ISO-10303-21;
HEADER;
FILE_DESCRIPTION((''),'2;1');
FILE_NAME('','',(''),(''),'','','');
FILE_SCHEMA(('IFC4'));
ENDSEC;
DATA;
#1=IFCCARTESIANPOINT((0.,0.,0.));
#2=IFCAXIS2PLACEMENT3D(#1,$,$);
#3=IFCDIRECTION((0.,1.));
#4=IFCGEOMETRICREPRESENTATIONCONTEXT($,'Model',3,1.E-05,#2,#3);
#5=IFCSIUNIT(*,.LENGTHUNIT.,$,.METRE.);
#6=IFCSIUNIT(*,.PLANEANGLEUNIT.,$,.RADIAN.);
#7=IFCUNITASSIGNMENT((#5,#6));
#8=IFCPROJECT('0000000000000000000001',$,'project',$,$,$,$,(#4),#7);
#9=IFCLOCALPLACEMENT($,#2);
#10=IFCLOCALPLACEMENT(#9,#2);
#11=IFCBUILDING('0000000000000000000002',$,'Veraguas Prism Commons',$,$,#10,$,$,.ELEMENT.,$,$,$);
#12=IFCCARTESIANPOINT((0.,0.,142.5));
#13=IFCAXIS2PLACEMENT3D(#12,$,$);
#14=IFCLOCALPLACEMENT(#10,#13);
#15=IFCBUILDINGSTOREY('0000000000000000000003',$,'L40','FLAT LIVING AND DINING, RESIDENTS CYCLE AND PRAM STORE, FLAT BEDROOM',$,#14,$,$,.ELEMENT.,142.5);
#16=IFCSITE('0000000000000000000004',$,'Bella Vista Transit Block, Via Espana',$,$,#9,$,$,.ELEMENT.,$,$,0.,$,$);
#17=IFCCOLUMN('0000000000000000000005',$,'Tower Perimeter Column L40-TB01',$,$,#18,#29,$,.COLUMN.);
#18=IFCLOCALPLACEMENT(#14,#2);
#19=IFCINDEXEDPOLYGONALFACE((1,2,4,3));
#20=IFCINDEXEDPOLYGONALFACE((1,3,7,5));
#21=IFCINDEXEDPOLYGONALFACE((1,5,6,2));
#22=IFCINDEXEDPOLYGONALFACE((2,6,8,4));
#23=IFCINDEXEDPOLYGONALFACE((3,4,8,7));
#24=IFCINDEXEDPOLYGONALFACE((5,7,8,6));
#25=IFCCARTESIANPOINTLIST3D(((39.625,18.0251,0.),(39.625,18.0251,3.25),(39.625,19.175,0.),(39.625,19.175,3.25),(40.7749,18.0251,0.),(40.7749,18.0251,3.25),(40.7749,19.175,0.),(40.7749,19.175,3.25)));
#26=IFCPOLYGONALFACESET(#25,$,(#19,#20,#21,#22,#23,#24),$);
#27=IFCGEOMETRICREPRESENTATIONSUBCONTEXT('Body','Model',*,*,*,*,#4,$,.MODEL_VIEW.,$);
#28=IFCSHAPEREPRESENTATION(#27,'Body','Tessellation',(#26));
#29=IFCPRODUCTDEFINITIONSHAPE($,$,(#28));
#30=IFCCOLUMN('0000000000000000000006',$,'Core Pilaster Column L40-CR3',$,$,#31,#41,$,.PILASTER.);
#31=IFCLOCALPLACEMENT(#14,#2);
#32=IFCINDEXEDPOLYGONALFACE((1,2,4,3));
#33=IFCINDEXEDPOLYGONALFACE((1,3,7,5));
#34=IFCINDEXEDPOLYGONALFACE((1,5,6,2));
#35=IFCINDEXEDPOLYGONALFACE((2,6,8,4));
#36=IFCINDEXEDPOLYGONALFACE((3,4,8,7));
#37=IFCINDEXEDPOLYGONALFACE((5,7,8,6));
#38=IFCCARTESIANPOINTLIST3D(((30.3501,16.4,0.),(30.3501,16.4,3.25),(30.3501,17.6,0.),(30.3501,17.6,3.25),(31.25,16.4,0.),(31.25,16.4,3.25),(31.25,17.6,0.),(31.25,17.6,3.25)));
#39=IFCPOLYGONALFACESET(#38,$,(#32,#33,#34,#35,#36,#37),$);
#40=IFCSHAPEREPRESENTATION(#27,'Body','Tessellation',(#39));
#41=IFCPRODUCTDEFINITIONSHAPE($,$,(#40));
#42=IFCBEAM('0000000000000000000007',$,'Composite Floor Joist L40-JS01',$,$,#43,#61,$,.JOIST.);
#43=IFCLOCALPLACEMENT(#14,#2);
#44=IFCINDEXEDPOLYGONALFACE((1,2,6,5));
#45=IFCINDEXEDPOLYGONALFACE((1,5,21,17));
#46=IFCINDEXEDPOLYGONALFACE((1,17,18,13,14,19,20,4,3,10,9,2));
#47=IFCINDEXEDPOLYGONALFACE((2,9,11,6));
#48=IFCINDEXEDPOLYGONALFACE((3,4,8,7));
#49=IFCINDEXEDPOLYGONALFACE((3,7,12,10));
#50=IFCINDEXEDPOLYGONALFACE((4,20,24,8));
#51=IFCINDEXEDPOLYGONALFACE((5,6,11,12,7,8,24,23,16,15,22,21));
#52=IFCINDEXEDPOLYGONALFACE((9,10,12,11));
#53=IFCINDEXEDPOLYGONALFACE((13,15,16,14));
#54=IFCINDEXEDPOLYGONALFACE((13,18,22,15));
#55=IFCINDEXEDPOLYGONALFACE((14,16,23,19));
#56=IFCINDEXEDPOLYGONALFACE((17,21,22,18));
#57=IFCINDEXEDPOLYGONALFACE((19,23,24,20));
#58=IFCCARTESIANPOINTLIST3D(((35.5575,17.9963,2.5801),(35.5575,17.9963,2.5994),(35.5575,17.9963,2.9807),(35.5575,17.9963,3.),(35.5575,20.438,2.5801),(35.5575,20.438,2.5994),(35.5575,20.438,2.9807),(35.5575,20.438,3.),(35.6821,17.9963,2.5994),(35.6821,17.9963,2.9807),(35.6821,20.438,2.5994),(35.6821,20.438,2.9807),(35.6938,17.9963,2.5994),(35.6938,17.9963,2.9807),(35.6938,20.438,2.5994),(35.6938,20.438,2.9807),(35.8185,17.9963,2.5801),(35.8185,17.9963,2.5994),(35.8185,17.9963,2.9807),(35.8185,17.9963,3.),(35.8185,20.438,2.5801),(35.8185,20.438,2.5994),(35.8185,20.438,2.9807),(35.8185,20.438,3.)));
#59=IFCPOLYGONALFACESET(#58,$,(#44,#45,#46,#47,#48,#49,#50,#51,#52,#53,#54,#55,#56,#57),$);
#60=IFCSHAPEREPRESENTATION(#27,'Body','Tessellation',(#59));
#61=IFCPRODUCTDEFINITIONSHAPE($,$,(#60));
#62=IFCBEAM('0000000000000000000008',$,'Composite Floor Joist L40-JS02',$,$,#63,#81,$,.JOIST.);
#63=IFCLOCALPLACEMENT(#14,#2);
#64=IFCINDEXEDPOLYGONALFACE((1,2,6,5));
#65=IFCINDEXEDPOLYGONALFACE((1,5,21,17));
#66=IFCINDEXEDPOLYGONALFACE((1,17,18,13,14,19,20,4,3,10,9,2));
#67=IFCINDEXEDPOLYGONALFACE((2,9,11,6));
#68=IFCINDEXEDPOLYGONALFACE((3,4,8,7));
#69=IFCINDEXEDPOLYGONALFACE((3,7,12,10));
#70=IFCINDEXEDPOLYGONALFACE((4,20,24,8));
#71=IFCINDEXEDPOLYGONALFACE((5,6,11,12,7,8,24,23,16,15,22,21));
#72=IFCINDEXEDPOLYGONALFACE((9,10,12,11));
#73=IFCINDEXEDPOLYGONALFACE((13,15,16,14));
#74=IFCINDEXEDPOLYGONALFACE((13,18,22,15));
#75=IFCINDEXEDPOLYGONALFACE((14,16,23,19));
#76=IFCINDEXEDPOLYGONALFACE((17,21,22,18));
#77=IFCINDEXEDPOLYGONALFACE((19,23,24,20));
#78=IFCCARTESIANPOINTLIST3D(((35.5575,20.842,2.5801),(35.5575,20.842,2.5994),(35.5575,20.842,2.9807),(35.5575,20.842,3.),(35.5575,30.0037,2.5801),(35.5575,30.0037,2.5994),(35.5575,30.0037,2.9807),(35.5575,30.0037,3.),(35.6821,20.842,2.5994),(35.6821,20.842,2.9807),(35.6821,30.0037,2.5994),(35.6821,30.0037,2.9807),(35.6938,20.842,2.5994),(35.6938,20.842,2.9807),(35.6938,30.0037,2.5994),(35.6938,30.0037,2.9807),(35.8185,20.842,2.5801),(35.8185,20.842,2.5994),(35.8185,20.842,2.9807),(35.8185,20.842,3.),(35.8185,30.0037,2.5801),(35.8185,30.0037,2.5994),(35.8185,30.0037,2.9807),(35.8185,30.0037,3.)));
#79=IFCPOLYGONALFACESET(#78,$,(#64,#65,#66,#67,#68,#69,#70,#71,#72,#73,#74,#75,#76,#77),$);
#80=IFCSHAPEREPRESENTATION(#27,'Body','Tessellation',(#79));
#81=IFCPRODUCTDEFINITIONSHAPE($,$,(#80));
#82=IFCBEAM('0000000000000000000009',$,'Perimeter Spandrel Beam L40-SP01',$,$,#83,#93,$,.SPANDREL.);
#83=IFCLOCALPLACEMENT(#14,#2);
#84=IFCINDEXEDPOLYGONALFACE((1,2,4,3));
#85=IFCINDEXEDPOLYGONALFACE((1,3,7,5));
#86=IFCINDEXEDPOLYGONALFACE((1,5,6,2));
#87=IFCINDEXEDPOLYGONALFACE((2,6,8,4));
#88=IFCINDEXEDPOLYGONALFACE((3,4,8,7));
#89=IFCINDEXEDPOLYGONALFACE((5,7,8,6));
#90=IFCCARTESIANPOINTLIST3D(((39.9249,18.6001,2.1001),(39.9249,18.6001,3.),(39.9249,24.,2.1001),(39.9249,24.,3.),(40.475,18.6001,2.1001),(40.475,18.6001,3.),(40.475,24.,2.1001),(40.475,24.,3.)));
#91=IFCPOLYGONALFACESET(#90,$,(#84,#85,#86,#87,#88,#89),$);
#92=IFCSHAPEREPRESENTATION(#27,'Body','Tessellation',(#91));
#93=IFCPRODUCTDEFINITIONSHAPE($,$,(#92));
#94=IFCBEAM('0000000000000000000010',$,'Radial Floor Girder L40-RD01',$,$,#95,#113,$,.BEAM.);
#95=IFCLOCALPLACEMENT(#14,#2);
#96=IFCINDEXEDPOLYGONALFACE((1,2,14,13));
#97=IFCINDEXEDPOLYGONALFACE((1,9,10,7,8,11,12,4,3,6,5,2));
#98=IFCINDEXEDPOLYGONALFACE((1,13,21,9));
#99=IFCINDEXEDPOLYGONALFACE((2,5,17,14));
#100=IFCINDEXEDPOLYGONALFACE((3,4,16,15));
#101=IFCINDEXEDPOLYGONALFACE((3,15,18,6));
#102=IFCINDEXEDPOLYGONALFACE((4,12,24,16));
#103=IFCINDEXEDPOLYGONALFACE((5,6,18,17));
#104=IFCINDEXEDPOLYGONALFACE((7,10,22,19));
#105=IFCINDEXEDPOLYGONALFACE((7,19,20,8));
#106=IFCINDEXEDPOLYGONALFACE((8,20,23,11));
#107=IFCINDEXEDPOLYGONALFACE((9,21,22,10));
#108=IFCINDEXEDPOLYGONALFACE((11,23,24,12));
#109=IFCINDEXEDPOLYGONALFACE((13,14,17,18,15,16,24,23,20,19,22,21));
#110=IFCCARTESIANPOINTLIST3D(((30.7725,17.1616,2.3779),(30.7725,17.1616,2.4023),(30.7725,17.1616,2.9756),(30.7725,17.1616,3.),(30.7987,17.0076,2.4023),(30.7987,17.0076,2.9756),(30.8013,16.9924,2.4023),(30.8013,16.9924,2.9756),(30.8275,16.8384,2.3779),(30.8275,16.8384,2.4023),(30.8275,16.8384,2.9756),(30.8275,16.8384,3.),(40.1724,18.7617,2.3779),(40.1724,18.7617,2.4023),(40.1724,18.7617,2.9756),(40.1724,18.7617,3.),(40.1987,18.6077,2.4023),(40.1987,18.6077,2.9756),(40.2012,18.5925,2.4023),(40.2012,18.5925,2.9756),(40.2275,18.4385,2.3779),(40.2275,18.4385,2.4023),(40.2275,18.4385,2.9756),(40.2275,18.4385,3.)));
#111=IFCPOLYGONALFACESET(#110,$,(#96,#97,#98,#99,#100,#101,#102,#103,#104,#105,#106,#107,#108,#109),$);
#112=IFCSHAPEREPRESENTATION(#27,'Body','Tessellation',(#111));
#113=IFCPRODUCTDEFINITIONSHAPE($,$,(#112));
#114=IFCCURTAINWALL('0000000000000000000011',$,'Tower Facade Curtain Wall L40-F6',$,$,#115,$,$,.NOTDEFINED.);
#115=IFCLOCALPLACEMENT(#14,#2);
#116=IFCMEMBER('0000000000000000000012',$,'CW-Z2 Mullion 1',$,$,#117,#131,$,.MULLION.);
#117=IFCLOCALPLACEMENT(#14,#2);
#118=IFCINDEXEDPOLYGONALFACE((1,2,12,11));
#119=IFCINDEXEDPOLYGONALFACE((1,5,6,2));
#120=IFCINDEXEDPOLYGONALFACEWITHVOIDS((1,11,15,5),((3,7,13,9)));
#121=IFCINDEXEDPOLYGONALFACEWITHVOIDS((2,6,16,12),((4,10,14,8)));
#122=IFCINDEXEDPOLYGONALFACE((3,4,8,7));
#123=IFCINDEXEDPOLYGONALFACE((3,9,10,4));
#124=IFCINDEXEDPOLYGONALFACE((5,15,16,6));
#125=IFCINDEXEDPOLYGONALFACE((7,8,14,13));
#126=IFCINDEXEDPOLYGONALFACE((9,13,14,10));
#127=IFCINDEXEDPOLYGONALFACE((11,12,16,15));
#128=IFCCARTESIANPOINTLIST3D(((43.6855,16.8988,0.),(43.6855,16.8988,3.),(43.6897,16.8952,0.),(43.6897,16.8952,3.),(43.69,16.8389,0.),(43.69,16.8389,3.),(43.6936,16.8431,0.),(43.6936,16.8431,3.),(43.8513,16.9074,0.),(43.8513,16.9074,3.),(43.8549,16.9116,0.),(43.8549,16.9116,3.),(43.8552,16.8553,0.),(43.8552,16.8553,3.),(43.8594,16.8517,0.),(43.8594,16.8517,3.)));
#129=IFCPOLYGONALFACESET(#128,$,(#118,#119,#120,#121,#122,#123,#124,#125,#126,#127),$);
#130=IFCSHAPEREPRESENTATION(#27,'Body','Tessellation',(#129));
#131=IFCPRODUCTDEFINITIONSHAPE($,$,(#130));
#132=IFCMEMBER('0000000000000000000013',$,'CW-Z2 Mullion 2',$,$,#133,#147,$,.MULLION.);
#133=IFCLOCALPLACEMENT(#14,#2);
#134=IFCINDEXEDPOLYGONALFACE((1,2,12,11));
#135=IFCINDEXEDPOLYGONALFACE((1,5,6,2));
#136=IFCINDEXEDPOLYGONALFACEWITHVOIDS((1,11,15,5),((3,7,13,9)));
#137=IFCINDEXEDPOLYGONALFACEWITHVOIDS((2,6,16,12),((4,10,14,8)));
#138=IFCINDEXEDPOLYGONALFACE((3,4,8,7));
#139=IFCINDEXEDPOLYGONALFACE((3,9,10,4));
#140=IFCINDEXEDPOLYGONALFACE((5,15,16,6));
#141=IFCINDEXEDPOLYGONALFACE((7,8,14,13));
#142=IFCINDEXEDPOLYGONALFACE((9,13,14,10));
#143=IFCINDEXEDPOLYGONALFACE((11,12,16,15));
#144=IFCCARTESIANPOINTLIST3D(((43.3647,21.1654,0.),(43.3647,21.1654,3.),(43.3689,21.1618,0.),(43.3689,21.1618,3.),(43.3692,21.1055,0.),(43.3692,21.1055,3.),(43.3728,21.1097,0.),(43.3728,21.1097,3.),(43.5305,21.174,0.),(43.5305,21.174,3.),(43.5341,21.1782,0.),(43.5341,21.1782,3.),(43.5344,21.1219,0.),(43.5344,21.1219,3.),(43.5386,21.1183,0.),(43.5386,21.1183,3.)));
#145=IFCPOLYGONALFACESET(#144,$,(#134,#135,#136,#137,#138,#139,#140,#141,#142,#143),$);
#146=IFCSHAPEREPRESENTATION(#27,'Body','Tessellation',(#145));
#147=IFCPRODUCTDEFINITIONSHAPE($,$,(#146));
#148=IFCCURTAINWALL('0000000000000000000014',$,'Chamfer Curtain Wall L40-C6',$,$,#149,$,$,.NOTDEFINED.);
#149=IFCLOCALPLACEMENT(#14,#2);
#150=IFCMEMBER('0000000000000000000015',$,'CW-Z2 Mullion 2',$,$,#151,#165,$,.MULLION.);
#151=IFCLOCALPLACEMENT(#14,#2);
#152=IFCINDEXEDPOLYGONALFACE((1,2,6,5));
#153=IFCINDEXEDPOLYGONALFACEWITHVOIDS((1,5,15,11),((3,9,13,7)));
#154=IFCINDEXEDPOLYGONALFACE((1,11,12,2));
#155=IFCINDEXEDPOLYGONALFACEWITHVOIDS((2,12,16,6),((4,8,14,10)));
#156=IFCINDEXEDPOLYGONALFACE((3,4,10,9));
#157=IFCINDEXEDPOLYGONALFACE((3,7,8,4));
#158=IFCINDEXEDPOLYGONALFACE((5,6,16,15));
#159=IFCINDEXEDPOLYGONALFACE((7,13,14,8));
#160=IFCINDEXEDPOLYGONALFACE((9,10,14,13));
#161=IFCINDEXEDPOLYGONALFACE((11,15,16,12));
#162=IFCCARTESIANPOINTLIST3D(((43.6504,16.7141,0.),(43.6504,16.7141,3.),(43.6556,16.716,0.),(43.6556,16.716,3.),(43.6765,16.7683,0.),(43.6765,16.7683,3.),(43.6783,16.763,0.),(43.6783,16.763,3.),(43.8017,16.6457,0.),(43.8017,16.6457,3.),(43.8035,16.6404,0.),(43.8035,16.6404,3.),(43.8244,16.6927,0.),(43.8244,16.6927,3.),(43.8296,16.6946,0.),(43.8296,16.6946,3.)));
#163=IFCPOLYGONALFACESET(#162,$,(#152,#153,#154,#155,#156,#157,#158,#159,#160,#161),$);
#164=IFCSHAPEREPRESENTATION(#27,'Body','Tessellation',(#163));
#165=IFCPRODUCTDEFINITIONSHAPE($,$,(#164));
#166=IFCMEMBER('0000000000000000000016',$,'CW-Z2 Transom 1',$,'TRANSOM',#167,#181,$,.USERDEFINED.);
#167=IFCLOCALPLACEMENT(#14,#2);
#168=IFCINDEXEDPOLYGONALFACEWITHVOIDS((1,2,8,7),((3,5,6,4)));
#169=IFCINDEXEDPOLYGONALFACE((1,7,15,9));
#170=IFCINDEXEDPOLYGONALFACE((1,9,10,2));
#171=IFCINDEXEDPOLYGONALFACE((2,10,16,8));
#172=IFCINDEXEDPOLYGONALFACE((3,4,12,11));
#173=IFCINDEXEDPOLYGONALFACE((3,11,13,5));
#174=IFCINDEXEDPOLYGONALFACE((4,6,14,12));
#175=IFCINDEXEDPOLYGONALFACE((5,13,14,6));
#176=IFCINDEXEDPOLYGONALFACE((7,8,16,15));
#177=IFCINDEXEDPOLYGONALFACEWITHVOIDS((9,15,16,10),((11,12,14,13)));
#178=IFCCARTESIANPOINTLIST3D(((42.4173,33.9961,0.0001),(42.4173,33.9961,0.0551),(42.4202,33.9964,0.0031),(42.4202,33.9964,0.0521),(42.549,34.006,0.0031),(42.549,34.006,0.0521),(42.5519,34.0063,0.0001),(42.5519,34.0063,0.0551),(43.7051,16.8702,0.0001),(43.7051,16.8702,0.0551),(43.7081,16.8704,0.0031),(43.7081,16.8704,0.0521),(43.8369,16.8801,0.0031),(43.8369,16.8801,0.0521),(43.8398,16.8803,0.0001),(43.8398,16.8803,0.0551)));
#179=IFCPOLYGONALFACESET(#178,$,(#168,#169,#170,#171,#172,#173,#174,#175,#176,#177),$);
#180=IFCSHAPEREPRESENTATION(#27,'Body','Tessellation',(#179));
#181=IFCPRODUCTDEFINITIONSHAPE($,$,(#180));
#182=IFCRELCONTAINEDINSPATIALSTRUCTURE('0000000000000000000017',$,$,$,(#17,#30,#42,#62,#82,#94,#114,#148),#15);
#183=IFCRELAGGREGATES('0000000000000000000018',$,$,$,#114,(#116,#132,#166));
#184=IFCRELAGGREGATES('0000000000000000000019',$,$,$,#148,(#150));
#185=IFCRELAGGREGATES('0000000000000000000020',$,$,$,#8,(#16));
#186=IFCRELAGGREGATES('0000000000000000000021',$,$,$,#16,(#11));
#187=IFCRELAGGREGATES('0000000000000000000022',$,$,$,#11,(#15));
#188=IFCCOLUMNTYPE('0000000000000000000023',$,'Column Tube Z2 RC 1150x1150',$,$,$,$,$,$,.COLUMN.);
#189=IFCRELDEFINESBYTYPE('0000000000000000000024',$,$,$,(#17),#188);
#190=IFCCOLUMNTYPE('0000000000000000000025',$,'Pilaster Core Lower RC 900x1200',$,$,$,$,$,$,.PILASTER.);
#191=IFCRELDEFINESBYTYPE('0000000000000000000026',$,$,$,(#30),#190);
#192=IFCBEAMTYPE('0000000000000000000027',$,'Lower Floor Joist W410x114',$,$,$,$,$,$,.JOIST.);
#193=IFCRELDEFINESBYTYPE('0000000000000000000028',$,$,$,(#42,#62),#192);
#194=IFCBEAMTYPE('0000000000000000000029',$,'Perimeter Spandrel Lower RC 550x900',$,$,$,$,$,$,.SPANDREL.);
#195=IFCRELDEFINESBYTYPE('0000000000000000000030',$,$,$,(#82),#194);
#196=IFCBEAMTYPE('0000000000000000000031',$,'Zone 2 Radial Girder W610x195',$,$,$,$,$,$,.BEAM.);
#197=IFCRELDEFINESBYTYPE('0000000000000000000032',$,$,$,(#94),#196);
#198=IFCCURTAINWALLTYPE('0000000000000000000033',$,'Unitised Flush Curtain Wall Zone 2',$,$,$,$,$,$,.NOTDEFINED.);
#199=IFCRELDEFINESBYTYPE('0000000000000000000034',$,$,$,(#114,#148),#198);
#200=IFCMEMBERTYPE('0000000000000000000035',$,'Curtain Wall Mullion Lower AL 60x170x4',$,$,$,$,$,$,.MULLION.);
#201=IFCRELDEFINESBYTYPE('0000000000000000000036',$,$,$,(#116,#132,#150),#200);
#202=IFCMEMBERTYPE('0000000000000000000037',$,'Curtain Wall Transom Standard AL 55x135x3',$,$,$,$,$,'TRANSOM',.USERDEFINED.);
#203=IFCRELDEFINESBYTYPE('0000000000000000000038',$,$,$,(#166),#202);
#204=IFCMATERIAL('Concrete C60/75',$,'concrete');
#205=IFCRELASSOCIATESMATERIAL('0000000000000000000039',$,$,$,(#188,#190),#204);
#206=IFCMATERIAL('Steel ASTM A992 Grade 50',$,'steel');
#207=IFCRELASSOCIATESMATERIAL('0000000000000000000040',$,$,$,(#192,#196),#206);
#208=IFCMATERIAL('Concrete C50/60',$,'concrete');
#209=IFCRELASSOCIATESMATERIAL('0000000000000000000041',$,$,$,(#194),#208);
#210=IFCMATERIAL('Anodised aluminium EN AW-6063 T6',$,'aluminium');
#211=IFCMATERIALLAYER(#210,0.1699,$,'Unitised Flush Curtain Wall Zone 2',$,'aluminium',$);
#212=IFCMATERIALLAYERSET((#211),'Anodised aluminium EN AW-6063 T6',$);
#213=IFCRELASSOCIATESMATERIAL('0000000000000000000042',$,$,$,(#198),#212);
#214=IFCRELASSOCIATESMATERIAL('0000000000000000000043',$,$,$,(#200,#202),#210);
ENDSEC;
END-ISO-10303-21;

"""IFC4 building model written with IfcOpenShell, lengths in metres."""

from ifc_helpers import new_model, si_unit, direction, frame, origin, origin_2d, place, context, subcontext, project, spatial, rectangle, hollow_rectangle, i_section, extrude, source, transform, mapped, material, layer, layer_set, material_profile, profile_set, type_object, element, aggregate, save


model = new_model("IFC4")

# Units and contexts
model_context = context("Model", 3, precision=1e-05, world=origin(), true_north=direction((0.0, 1.0)))
body_context = subcontext(model_context, "Body", "Model", "MODEL_VIEW")
ifc_project = project(units=[si_unit("LENGTHUNIT", "METRE"), si_unit("PLANEANGLEUNIT", "RADIAN")], contexts=[model_context])

# Site, building, storey
site_placement = place(None, origin())
site = spatial("IfcSite", under=ifc_project, at=site_placement, Name="Bella Vista Transit Block, Via Espana", CompositionType="ELEMENT", RefElevation=0.0)
building_placement = place(site_placement, origin())
building = spatial("IfcBuilding", under=site, at=building_placement, Name="Veraguas Prism Commons", CompositionType="ELEMENT")
storey_placement = place(building_placement, frame((0.0, 0.0, 142.5)))
storey = spatial("IfcBuildingStorey", under=building, at=storey_placement, Name="L40", Description="FLAT LIVING AND DINING, RESIDENTS CYCLE AND PRAM STORE, FLAT BEDROOM", CompositionType="ELEMENT", Elevation=142.5)

# Columns
ifc_material_1 = material(Name="Concrete C60/75", Category="concrete")
ifc_material_profile_1 = material_profile(ifc_material_1, rectangle(XDim=1.1499, YDim=1.1499, at=origin_2d()), Name="RC1150X1150")
ifc_profile_set_1 = profile_set([ifc_material_profile_1], Name="Concrete C60/75")
column_type_1 = type_object("IfcColumnType", Name="Column Tube Z2 RC 1150x1150", PredefinedType="COLUMN", material=ifc_profile_set_1)
column_1_placement = place(storey_placement, frame((40.2, 18.6001, 0.0), z_axis=(0.0, 0.0, 1.0), x_axis=(1.0, 0.0, 0.0)))
element("IfcColumn", 1, at=column_1_placement, inside=storey, type_object=column_type_1, Name="Tower Perimeter Column L40-TB01", PredefinedType="COLUMN", context=body_context, shape_type="SweptSolid", body=[
    extrude(rectangle(XDim=1.1499, YDim=1.1499, at=origin_2d()), origin(), (0.0, 0.0, 1.0), 3.25),
])
ifc_material_profile_2 = material_profile(ifc_material_1, rectangle(XDim=0.8999, YDim=1.2, at=origin_2d()), Name="RC900X1200")
ifc_profile_set_2 = profile_set([ifc_material_profile_2], Name="Concrete C60/75")
column_type_2 = type_object("IfcColumnType", Name="Pilaster Core Lower RC 900x1200", PredefinedType="PILASTER", material=ifc_profile_set_2)
column_2_placement = place(storey_placement, frame((30.8, 17.0, 0.0), z_axis=(0.0, 0.0, 1.0), x_axis=(1.0, 0.0, 0.0)))
element("IfcColumn", 2, at=column_2_placement, inside=storey, type_object=column_type_2, Name="Core Pilaster Column L40-CR3", PredefinedType="PILASTER", context=body_context, shape_type="SweptSolid", body=[
    extrude(rectangle(XDim=0.8999, YDim=1.2, at=origin_2d()), origin(), (0.0, 0.0, 1.0), 3.25),
])

# Beams
ifc_material_2 = material(Name="Steel ASTM A992 Grade 50", Category="steel")
ifc_material_profile_3 = material_profile(ifc_material_2, i_section(OverallWidth=0.261, OverallDepth=0.4199, WebThickness=0.0117, FlangeThickness=0.0193, at=origin_2d()), Name="W410X114")
ifc_profile_set_3 = profile_set([ifc_material_profile_3], Name="Steel ASTM A992 Grade 50")
beam_type_1 = type_object("IfcBeamType", Name="Lower Floor Joist W410x114", PredefinedType="JOIST", material=ifc_profile_set_3)
beam_1_placement = place(storey_placement, frame((35.688, 17.9963, 2.79), z_axis=(0.0, 1.0, 0.0), x_axis=(-1.0, 0.0, 0.0)))
element("IfcBeam", 3, at=beam_1_placement, inside=storey, type_object=beam_type_1, Name="Composite Floor Joist L40-JS01", PredefinedType="JOIST", context=body_context, shape_type="SweptSolid", body=[
    extrude(i_section(OverallWidth=0.261, OverallDepth=0.4199, WebThickness=0.0117, FlangeThickness=0.0193, at=origin_2d()), origin(), (0.0, 0.0, 1.0), 2.4417),
])
beam_2_placement = place(storey_placement, frame((35.688, 20.842, 2.79), z_axis=(0.0, 1.0, 0.0), x_axis=(-1.0, 0.0, 0.0)))
element("IfcBeam", 4, at=beam_2_placement, inside=storey, type_object=beam_type_1, Name="Composite Floor Joist L40-JS02", PredefinedType="JOIST", context=body_context, shape_type="SweptSolid", body=[
    extrude(i_section(OverallWidth=0.261, OverallDepth=0.4199, WebThickness=0.0117, FlangeThickness=0.0193, at=origin_2d()), origin(), (0.0, 0.0, 1.0), 9.1616),
])
ifc_material_3 = material(Name="Concrete C50/60", Category="concrete")
ifc_material_profile_4 = material_profile(ifc_material_3, rectangle(XDim=0.55, YDim=0.8999, at=origin_2d()), Name="RC550X900")
ifc_profile_set_4 = profile_set([ifc_material_profile_4], Name="Concrete C50/60")
beam_type_2 = type_object("IfcBeamType", Name="Perimeter Spandrel Lower RC 550x900", PredefinedType="SPANDREL", material=ifc_profile_set_4)
beam_3_placement = place(storey_placement, frame((40.2, 18.6001, 2.55), z_axis=(0.0, 1.0, 0.0), x_axis=(-1.0, 0.0, 0.0)))
element("IfcBeam", 5, at=beam_3_placement, inside=storey, type_object=beam_type_2, Name="Perimeter Spandrel Beam L40-SP01", PredefinedType="SPANDREL", context=body_context, shape_type="SweptSolid", body=[
    extrude(rectangle(XDim=0.55, YDim=0.8999, at=origin_2d()), origin(), (0.0, 0.0, 1.0), 5.3999),
])
ifc_material_profile_5 = material_profile(ifc_material_2, i_section(OverallWidth=0.3279, OverallDepth=0.6221, WebThickness=0.0154, FlangeThickness=0.0244, at=origin_2d()), Name="W610X195")
ifc_profile_set_5 = profile_set([ifc_material_profile_5], Name="Steel ASTM A992 Grade 50")
beam_type_3 = type_object("IfcBeamType", Name="Zone 2 Radial Girder W610x195", PredefinedType="BEAM", material=ifc_profile_set_5)
beam_4_placement = place(storey_placement, frame((40.2, 18.6001, 2.689), z_axis=(-0.985819, -0.167811, 0.0), x_axis=(0.167811, -0.985819, 0.0)))
element("IfcBeam", 6, at=beam_4_placement, inside=storey, type_object=beam_type_3, Name="Radial Floor Girder L40-RD01", PredefinedType="BEAM", context=body_context, shape_type="SweptSolid", body=[
    extrude(i_section(OverallWidth=0.3279, OverallDepth=0.6221, WebThickness=0.0154, FlangeThickness=0.0244, at=origin_2d()), origin(), (0.0, 0.0, 1.0), 9.5352),
])

# Curtain wall, members
ifc_material_4 = material(Name="Anodised aluminium EN AW-6063 T6", Category="aluminium")
ifc_layer_1 = layer(ifc_material_4, 0.1699, Name="Unitised Flush Curtain Wall Zone 2", Category="aluminium")
ifc_layer_set_1 = layer_set([ifc_layer_1], Name="Anodised aluminium EN AW-6063 T6")
curtain_wall_type = type_object("IfcCurtainWallType", Name="Unitised Flush Curtain Wall Zone 2", PredefinedType="NOTDEFINED", material=ifc_layer_set_1)
curtain_wall_1_placement = place(storey_placement, origin())
curtain_wall_1 = element("IfcCurtainWall", 7, at=curtain_wall_1_placement, inside=storey, type_object=curtain_wall_type, Name="Tower Facade Curtain Wall L40-F6", PredefinedType="NOTDEFINED")
ifc_material_profile_6 = material_profile(ifc_material_4, hollow_rectangle(XDim=0.0601, YDim=0.1699, WallThickness=0.0039, at=origin_2d()), Name="AL60X170X4")
ifc_profile_set_6 = profile_set([ifc_material_profile_6], Name="Anodised aluminium EN AW-6063 T6")
member_type_1 = type_object("IfcMemberType", Name="Curtain Wall Mullion Lower AL 60x170x4", PredefinedType="MULLION", material=ifc_profile_set_6)
shared_shape_1 = source(origin(), body_context, "Body", "SweptSolid", [
    extrude(hollow_rectangle(XDim=0.0601, YDim=0.1699, WallThickness=0.0039, at=origin_2d()), origin(), (0.0, 0.0, 1.0), 3.0),
])
member_1_placement = place(storey_placement, frame((43.7725, 16.8752, 0.0), z_axis=(0.0, 0.0, 1.0), x_axis=(-0.074979, 0.997185, 0.0)))
member_1 = element("IfcMember", 8, at=member_1_placement, type_object=member_type_1, Name="CW-Z2 Mullion 1", PredefinedType="MULLION", context=body_context, shape_type="MappedRepresentation", body=[
    mapped(shared_shape_1, transform((0.0, 0.0, 0.0), scale=1.0)),
])
member_2_placement = place(storey_placement, frame((43.4517, 21.1418, 0.0), z_axis=(0.0, 0.0, 1.0), x_axis=(-0.074979, 0.997185, 0.0)))
member_2 = element("IfcMember", 9, at=member_2_placement, type_object=member_type_1, Name="CW-Z2 Mullion 2", PredefinedType="MULLION", context=body_context, shape_type="MappedRepresentation", body=[
    mapped(shared_shape_1, transform((0.0, 0.0, 0.0), scale=1.0)),
])

# Curtain wall, member
curtain_wall_2_placement = place(storey_placement, origin())
curtain_wall_2 = element("IfcCurtainWall", 10, at=curtain_wall_2_placement, inside=storey, type_object=curtain_wall_type, Name="Chamfer Curtain Wall L40-C6", PredefinedType="NOTDEFINED")
member_3_placement = place(storey_placement, frame((43.74, 16.7043, 0.0), z_axis=(0.0, 0.0, 1.0), x_axis=(0.433684, 0.901065, 0.0)))
member_3 = element("IfcMember", 11, at=member_3_placement, type_object=member_type_1, Name="CW-Z2 Mullion 2", PredefinedType="MULLION", context=body_context, shape_type="MappedRepresentation", body=[
    mapped(shared_shape_1, transform((0.0, 0.0, 0.0), scale=1.0)),
])

# Member
ifc_material_profile_7 = material_profile(ifc_material_4, hollow_rectangle(XDim=0.0549, YDim=0.135, WallThickness=0.0029, at=origin_2d()), Name="AL55X135X3")
ifc_profile_set_7 = profile_set([ifc_material_profile_7], Name="Anodised aluminium EN AW-6063 T6")
member_type_2 = type_object("IfcMemberType", Name="Curtain Wall Transom Standard AL 55x135x3", ElementType="TRANSOM", PredefinedType="USERDEFINED", material=ifc_profile_set_7)
shared_shape_2 = source(origin(), body_context, "Body", "SweptSolid", [
    extrude(hollow_rectangle(XDim=0.0549, YDim=0.135, WallThickness=0.0029, at=origin_2d()), origin(), (0.0, 0.0, 1.0), 17.1743),
])
member_4_placement = place(storey_placement, frame((43.7725, 16.8752, 0.0276), z_axis=(-0.074986, 0.997185, 0.0), x_axis=(0.0, 0.0, 1.0)))
member_4 = element("IfcMember", 12, at=member_4_placement, type_object=member_type_2, Name="CW-Z2 Transom 1", ObjectType="TRANSOM", PredefinedType="USERDEFINED", context=body_context, shape_type="MappedRepresentation", body=[
    mapped(shared_shape_2, transform((0.0, 0.0, 0.0), scale=1.0)),
])

aggregate(curtain_wall_1, [member_1, member_2, member_4])
aggregate(curtain_wall_2, [member_3])

save(model, "model.ifc")
